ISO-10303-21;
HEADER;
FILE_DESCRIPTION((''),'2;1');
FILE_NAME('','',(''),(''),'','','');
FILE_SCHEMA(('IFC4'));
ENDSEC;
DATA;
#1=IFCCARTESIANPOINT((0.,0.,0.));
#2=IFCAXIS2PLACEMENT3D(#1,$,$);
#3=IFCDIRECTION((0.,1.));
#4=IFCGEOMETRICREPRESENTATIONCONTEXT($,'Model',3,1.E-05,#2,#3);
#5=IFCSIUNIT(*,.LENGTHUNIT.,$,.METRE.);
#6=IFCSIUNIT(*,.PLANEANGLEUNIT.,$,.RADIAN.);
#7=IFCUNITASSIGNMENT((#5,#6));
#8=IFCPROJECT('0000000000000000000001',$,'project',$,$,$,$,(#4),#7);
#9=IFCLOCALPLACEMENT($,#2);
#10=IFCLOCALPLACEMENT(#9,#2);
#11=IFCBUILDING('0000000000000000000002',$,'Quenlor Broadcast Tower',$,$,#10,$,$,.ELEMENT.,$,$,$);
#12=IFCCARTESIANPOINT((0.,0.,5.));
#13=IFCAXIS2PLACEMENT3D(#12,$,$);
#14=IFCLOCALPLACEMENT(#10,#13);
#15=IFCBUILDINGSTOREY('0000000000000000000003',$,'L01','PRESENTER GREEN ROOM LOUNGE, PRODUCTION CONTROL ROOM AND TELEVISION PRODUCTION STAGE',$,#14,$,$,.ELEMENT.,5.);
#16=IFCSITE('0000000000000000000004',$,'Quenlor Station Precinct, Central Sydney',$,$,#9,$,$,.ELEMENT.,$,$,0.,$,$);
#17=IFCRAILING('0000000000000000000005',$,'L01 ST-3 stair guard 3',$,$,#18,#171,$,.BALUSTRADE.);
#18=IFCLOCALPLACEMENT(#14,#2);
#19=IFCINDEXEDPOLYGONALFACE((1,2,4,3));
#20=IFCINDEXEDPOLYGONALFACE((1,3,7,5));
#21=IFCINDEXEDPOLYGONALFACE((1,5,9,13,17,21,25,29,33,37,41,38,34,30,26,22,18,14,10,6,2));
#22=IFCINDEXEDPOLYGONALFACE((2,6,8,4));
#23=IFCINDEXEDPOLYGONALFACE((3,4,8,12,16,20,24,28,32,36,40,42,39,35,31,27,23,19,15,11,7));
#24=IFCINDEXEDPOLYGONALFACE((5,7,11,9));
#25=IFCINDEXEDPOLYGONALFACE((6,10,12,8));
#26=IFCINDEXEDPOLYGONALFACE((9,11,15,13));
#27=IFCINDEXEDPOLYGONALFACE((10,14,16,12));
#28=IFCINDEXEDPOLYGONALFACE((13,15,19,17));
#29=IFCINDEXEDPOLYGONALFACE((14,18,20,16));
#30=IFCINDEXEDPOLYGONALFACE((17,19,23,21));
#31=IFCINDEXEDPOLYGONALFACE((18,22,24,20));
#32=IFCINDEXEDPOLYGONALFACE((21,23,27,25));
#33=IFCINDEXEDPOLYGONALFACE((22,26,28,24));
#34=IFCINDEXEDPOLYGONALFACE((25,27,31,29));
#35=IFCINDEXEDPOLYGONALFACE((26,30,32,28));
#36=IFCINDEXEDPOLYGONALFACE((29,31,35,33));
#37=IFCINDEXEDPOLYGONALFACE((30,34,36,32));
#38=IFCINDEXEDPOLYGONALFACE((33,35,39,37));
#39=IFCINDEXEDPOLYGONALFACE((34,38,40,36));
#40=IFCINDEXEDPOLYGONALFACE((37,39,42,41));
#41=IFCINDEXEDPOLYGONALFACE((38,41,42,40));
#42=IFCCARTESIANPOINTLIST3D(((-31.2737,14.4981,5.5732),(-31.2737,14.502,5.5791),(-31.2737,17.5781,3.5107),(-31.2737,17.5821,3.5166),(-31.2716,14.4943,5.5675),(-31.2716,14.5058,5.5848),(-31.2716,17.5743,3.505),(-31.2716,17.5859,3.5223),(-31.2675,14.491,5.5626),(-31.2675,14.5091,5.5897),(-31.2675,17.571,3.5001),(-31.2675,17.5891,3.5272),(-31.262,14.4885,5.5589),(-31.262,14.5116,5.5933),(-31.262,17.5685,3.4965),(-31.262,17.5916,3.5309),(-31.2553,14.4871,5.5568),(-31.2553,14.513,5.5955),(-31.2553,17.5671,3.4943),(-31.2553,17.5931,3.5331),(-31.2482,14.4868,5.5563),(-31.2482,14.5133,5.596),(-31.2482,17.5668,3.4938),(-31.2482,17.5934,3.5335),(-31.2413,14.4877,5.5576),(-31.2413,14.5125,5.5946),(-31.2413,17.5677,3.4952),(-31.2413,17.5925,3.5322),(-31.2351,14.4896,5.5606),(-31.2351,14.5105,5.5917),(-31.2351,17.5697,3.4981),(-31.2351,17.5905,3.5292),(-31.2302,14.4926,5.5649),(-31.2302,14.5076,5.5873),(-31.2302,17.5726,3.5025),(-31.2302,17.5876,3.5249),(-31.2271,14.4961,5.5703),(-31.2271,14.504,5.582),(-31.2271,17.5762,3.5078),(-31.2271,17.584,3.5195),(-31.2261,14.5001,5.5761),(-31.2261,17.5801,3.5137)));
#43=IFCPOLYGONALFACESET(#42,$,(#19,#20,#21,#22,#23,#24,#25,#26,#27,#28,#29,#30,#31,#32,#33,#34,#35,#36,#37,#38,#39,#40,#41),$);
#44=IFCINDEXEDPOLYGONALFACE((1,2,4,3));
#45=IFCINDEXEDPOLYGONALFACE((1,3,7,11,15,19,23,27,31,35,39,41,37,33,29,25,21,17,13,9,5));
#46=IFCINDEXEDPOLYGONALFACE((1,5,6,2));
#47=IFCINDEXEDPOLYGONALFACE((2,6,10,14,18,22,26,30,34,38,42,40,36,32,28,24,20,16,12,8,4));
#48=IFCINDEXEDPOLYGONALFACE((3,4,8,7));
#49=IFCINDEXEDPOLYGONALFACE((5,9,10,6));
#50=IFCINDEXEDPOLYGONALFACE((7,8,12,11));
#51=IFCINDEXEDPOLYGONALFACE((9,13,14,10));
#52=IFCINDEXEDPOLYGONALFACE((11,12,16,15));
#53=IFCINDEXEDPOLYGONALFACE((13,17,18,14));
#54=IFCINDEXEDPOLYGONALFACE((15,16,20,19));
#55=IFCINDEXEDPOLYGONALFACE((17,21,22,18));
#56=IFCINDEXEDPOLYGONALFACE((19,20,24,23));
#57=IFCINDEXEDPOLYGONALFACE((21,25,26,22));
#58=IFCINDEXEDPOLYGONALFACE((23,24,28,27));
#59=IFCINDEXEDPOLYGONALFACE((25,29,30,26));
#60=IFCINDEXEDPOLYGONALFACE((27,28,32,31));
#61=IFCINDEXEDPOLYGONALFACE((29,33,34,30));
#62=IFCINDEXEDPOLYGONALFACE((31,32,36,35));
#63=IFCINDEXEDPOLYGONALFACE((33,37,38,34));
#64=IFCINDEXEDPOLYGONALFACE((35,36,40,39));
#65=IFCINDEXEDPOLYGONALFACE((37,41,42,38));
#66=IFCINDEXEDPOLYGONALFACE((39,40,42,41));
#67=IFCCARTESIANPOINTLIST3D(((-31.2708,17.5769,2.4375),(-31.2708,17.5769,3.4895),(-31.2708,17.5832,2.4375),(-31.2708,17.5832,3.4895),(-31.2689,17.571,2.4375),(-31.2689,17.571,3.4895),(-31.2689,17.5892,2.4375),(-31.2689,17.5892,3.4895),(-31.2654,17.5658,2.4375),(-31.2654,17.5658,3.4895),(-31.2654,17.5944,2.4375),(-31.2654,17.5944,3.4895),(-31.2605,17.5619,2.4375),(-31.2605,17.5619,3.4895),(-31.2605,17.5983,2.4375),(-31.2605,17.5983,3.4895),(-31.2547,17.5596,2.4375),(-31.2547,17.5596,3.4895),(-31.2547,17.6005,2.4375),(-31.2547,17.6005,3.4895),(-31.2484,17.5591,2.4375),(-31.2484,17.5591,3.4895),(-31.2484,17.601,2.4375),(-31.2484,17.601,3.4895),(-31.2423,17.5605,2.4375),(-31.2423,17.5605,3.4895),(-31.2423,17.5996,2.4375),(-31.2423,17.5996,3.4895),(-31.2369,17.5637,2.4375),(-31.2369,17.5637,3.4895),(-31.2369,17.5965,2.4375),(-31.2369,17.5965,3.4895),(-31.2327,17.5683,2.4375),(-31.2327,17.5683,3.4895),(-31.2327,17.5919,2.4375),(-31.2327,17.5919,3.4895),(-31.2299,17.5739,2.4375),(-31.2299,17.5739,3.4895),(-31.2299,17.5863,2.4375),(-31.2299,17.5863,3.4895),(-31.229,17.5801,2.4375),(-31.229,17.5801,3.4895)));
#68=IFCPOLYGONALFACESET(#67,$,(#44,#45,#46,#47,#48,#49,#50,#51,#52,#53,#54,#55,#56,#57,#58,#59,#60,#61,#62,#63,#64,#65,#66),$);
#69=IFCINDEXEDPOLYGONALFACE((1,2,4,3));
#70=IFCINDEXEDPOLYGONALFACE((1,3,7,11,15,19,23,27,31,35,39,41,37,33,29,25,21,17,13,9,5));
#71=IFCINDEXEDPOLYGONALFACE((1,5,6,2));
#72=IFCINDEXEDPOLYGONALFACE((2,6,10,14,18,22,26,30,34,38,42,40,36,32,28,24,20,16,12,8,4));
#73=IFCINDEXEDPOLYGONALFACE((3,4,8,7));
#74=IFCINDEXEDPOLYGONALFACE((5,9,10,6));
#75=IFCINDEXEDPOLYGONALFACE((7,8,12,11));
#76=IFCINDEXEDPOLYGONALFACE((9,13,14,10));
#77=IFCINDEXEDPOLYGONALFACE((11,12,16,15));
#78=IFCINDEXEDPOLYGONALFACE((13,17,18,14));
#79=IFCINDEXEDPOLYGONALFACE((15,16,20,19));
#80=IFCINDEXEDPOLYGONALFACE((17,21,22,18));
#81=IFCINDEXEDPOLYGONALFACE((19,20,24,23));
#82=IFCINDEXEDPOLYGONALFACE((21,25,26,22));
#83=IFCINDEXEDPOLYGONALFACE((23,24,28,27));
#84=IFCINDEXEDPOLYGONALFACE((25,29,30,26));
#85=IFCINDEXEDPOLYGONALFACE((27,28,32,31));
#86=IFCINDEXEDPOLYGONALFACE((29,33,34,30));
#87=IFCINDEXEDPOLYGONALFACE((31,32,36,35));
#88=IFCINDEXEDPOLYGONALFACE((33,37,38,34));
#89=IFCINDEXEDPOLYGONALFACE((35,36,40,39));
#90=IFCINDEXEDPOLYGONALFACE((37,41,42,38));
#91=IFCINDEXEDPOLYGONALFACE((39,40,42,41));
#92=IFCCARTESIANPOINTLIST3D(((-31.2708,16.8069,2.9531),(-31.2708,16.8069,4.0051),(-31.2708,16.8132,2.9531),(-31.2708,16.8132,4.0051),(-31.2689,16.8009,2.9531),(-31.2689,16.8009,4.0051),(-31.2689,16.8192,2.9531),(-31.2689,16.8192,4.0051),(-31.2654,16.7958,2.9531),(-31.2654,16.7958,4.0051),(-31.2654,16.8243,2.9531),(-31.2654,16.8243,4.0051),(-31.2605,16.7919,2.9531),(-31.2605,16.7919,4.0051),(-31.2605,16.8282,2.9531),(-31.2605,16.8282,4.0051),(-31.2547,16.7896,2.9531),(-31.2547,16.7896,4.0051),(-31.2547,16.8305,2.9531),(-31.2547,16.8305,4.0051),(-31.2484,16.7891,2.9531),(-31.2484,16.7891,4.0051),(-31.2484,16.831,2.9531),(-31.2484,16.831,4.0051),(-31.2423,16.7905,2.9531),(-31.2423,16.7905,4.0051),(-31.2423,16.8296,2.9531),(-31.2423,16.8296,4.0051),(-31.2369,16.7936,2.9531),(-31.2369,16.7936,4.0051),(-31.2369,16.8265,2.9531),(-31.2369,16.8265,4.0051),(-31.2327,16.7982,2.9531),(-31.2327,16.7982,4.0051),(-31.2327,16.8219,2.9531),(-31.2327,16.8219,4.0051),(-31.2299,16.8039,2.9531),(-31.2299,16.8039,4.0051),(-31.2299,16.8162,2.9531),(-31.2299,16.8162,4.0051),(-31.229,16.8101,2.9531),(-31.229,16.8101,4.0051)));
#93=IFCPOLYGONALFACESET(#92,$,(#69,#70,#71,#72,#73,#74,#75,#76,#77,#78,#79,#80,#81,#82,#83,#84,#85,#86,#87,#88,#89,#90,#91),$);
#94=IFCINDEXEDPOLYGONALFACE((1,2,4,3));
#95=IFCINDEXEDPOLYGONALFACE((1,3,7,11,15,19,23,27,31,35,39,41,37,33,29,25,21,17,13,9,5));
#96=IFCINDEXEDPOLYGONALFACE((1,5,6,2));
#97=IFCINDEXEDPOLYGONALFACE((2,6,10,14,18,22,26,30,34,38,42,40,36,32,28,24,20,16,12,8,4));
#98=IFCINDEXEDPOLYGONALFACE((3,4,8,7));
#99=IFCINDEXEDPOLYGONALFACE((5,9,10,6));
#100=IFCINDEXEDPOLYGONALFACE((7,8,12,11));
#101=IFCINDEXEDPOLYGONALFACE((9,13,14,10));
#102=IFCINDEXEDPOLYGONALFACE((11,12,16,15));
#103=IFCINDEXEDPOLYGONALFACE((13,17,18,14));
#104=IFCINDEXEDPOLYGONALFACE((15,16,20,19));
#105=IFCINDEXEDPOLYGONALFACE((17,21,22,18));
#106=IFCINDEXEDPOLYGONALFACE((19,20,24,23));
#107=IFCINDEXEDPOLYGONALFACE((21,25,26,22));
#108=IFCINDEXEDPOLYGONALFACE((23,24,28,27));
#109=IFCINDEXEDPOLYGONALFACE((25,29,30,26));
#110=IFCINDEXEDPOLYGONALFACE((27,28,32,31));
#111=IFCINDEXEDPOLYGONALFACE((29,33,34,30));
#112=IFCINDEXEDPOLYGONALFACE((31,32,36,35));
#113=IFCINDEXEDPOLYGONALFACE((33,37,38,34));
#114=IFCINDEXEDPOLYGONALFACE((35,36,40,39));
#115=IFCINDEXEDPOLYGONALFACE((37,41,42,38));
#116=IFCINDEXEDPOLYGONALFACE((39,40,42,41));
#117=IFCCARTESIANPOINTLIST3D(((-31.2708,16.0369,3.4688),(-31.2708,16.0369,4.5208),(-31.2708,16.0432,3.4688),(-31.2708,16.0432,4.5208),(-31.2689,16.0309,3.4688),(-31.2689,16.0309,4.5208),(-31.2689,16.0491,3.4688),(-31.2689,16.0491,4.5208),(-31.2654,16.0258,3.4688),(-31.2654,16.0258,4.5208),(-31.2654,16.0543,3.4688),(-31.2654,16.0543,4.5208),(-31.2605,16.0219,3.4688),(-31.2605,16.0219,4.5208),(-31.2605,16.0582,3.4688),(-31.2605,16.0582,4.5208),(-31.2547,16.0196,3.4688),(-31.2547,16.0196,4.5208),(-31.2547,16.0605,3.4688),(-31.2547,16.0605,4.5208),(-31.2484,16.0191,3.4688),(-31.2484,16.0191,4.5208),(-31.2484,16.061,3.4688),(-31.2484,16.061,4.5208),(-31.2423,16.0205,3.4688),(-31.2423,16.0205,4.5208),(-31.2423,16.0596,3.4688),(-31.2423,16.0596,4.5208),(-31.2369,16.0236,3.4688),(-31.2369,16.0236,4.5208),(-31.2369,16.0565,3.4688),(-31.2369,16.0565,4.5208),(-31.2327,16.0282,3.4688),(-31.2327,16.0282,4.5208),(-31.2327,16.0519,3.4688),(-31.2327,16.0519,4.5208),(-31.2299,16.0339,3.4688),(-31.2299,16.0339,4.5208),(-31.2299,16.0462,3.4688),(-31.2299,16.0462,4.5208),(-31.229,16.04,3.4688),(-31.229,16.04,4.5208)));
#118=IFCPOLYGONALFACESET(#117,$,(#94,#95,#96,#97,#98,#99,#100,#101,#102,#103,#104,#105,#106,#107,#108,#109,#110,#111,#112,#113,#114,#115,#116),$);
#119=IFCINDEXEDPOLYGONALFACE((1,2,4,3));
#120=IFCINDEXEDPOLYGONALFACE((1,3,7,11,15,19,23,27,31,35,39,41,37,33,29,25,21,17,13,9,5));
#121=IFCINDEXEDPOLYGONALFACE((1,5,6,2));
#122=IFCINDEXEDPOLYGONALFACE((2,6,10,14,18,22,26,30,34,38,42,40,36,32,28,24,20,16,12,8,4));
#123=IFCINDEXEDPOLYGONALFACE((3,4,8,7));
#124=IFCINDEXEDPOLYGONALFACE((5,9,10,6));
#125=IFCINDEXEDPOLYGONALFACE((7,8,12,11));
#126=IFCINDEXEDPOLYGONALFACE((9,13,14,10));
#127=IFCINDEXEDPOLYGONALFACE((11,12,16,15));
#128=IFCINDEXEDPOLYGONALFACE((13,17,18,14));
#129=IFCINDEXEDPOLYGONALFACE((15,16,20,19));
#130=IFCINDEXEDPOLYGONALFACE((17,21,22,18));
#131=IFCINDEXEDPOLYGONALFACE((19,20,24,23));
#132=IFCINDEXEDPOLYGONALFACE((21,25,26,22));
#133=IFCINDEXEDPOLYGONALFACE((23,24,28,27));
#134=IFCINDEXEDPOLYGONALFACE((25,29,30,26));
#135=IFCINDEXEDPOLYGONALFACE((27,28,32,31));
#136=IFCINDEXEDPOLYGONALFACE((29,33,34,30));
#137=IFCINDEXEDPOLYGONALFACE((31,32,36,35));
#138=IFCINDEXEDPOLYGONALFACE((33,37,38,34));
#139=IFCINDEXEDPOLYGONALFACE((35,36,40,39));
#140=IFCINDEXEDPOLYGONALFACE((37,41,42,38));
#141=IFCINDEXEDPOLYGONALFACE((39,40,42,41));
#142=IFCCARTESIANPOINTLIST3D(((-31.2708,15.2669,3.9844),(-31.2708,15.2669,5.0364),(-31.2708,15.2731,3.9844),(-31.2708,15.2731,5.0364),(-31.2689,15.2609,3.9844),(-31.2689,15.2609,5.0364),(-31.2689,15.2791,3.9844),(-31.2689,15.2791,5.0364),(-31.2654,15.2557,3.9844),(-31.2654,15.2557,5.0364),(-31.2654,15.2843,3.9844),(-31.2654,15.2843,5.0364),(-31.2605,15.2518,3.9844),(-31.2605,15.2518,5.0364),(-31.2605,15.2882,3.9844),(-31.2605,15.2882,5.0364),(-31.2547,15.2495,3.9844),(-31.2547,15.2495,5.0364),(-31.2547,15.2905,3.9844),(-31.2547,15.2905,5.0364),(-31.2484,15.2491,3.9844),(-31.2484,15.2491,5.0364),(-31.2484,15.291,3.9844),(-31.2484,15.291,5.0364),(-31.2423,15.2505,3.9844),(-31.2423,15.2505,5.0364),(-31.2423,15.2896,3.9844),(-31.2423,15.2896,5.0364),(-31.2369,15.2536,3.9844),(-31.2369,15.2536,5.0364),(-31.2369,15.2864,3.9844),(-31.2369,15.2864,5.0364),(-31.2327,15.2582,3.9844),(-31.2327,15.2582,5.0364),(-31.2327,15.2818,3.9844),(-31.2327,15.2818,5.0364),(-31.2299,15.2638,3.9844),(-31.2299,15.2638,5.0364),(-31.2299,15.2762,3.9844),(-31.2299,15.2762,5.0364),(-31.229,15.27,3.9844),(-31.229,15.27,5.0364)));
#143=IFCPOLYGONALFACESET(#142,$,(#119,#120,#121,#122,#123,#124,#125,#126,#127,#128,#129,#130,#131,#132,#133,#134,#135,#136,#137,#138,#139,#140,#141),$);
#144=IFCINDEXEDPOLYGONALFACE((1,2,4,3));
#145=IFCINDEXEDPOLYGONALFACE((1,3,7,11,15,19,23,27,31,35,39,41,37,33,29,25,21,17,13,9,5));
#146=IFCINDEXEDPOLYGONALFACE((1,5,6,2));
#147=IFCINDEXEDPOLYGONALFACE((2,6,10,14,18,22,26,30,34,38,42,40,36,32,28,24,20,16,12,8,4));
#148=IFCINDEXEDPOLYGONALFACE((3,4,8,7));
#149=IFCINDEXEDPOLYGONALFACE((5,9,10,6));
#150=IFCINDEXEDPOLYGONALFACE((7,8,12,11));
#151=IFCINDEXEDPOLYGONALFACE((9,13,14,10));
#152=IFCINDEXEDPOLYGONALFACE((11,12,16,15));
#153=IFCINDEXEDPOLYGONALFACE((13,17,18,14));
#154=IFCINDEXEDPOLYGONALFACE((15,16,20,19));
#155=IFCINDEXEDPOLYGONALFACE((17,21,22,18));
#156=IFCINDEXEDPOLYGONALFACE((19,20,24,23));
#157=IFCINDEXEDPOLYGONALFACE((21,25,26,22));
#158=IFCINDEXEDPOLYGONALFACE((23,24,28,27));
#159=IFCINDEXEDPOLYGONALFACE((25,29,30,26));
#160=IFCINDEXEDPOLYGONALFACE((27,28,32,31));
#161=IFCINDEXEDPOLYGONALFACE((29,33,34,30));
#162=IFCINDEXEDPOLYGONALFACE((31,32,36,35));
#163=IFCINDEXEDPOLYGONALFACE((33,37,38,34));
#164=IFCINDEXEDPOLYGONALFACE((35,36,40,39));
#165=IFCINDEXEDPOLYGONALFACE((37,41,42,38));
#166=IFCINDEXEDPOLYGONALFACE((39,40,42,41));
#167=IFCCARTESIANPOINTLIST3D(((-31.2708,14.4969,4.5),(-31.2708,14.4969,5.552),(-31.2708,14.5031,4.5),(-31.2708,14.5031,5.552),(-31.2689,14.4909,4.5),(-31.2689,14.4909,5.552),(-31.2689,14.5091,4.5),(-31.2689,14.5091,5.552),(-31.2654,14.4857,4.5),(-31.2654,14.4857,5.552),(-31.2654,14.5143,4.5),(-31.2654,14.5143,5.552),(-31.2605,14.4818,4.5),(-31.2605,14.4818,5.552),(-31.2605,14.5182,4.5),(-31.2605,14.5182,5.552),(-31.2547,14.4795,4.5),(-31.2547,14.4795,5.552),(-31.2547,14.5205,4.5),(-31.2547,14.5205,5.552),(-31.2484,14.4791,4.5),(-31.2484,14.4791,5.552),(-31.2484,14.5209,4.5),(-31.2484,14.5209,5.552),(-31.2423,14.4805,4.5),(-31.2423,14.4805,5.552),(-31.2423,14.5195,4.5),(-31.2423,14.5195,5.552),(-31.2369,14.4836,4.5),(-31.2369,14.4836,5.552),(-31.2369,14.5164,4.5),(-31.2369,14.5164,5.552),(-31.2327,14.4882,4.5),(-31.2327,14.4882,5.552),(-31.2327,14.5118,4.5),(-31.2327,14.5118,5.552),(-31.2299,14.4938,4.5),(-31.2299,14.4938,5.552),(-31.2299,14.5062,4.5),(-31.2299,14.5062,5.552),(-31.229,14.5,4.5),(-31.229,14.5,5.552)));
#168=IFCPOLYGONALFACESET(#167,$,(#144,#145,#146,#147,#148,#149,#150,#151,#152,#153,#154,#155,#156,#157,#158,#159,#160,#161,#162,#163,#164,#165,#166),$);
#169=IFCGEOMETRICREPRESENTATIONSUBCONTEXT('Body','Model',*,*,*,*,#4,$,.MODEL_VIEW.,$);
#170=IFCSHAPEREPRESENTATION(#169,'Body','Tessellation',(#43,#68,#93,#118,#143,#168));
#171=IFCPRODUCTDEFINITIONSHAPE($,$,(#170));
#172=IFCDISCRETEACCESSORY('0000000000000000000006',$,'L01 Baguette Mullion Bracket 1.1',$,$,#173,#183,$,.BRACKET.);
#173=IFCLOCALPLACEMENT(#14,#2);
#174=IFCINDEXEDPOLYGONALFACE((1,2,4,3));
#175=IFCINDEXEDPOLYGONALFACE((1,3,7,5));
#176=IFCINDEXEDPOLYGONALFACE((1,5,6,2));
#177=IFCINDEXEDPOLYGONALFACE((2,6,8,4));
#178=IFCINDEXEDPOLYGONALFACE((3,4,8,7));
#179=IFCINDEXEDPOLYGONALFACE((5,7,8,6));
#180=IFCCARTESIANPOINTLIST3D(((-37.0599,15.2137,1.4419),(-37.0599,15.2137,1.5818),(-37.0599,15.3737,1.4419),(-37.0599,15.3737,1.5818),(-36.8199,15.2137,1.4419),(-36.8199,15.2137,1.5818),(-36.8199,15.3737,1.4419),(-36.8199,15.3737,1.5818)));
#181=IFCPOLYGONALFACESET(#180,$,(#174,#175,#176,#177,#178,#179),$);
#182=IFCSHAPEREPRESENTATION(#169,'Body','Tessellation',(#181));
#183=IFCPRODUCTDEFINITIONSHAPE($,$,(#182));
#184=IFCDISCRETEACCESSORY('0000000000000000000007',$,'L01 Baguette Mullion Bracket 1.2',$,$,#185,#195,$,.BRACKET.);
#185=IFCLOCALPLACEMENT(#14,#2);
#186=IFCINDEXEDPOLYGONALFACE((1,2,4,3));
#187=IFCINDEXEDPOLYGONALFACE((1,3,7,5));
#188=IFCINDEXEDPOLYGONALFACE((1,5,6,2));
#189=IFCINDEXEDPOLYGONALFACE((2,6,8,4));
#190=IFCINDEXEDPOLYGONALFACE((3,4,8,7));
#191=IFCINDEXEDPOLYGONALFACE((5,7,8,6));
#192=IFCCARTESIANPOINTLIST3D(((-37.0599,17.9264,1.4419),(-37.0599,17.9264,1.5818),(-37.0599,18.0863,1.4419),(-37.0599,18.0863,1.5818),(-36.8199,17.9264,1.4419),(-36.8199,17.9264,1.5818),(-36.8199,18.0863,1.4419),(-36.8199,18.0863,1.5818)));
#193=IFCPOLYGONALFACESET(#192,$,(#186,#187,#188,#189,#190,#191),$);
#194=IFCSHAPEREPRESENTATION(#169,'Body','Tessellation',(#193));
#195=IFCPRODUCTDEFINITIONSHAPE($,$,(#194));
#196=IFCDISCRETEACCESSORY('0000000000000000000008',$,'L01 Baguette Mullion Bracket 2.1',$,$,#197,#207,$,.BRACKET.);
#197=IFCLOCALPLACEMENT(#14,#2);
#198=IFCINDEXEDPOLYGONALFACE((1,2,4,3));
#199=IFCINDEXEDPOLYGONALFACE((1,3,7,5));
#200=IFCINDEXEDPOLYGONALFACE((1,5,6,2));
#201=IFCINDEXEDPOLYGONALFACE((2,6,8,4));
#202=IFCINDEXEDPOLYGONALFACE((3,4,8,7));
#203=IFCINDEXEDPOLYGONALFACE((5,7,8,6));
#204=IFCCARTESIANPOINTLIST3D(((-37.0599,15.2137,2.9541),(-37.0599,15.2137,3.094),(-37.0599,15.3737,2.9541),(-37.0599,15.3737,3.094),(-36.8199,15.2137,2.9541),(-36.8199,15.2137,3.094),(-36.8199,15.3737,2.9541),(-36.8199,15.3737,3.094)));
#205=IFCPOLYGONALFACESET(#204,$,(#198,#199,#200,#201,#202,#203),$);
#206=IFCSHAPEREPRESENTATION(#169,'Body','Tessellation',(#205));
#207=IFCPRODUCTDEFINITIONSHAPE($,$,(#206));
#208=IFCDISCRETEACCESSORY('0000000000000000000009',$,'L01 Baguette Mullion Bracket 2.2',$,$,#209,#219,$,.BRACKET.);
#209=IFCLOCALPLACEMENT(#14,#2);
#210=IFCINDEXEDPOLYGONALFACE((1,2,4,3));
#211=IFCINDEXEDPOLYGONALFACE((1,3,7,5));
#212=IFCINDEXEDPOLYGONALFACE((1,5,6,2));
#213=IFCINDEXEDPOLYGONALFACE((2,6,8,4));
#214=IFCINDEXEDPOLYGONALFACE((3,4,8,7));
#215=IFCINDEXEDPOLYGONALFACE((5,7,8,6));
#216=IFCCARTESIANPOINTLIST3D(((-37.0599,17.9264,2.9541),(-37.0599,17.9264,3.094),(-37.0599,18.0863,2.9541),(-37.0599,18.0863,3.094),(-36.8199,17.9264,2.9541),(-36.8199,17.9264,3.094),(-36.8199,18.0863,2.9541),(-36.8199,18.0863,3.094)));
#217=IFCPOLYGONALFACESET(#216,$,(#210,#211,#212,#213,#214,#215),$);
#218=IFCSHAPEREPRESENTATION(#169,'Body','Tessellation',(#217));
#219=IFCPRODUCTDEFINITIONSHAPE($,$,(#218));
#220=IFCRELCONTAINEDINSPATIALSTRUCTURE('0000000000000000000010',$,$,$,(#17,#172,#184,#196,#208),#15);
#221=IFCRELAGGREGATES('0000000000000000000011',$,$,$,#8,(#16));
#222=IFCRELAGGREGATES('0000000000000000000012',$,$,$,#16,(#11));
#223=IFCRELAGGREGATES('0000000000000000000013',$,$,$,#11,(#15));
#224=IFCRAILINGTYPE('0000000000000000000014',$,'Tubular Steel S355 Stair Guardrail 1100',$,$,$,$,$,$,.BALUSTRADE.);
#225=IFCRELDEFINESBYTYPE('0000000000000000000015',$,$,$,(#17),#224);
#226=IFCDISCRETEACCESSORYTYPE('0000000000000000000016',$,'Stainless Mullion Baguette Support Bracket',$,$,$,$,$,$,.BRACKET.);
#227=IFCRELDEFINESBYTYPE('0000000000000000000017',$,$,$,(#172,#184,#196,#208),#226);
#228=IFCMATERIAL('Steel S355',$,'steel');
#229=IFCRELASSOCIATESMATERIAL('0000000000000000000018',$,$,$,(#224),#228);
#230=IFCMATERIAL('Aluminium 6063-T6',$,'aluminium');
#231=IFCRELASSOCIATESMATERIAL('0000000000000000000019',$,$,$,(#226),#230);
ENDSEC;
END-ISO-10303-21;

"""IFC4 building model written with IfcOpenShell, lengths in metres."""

from ifc_helpers import new_model, si_unit, direction, frame, origin, origin_2d, place, context, subcontext, project, spatial, rectangle, circle, extrude, material, type_object, element, save


model = new_model("IFC4")

# Units and contexts
model_context = context("Model", 3, precision=1e-05, world=origin(), true_north=direction((0.0, 1.0)))
body_context = subcontext(model_context, "Body", "Model", "MODEL_VIEW")
ifc_project = project(units=[si_unit("LENGTHUNIT", "METRE"), si_unit("PLANEANGLEUNIT", "RADIAN")], contexts=[model_context])

# Site, building, storey
site_placement = place(None, origin())
site = spatial("IfcSite", under=ifc_project, at=site_placement, Name="Quenlor Station Precinct, Central Sydney", CompositionType="ELEMENT", RefElevation=0.0)
building_placement = place(site_placement, origin())
building = spatial("IfcBuilding", under=site, at=building_placement, Name="Quenlor Broadcast Tower", CompositionType="ELEMENT")
storey_placement = place(building_placement, frame((0.0, 0.0, 5.0)))
storey = spatial("IfcBuildingStorey", under=building, at=storey_placement, Name="L01", Description="PRESENTER GREEN ROOM LOUNGE, PRODUCTION CONTROL ROOM AND TELEVISION PRODUCTION STAGE", CompositionType="ELEMENT", Elevation=5.0)

# Railing
ifc_material_1 = material(Name="Steel S355", Category="steel")
railing_type_1 = type_object("IfcRailingType", Name="Tubular Steel S355 Stair Guardrail 1100", PredefinedType="BALUSTRADE", material=ifc_material_1)
railing_1_placement = place(storey_placement, frame((-31.25, 17.5801, 2.4375)))
element("IfcRailing", 1, at=railing_1_placement, inside=storey, type_object=railing_type_1, Name="L01 ST-3 stair guard 3", PredefinedType="BALUSTRADE", context=body_context, shape_type="SweptSolid", body=[
    extrude(circle(Radius=0.0239, at=origin_2d()), frame((0.0, 0.0, 1.0762), z_axis=(0.0, -0.830914, 0.556401), x_axis=(1.0, 0.0, 0.0)), (0.0, 0.0, 1.0), 3.7068),
    extrude(circle(Radius=0.021, at=origin_2d()), origin(), (0.0, 0.0, 1.0), 1.052),
    extrude(circle(Radius=0.021, at=origin_2d()), frame((0.0, -0.77, 0.5156)), (0.0, 0.0, 1.0), 1.052),
    extrude(circle(Radius=0.021, at=origin_2d()), frame((0.0, -1.54, 1.0312)), (0.0, 0.0, 1.0), 1.052),
    extrude(circle(Radius=0.021, at=origin_2d()), frame((0.0, -2.3101, 1.5469)), (0.0, 0.0, 1.0), 1.052),
    extrude(circle(Radius=0.021, at=origin_2d()), frame((0.0, -3.0801, 2.0625)), (0.0, 0.0, 1.0), 1.052),
])

# Discrete accessories
ifc_material_2 = material(Name="Aluminium 6063-T6", Category="aluminium")
discrete_accessory_type = type_object("IfcDiscreteAccessoryType", Name="Stainless Mullion Baguette Support Bracket", PredefinedType="BRACKET", material=ifc_material_2)
for number, where, z_axis, x_axis, name in (
    (2, (-36.9399, 15.2937, 1.4419), (0.0, 0.0, 1.0), (0.0, 1.0, 0.0), "L01 Baguette Mullion Bracket 1.1"),
    (3, (-36.9399, 18.0063, 1.4419), (0.0, 0.0, 1.0), (0.0, 1.0, 0.0), "L01 Baguette Mullion Bracket 1.2"),
    (4, (-36.9399, 15.2937, 2.9541), (0.0, 0.0, 1.0), (0.0, 1.0, 0.0), "L01 Baguette Mullion Bracket 2.1"),
    (5, (-36.9399, 18.0063, 2.9541), (0.0, 0.0, 1.0), (0.0, 1.0, 0.0), "L01 Baguette Mullion Bracket 2.2"),
):
    element("IfcDiscreteAccessory", number, at=place(storey_placement, frame(where, z_axis=z_axis, x_axis=x_axis)), inside=storey, type_object=discrete_accessory_type, Name=name, PredefinedType="BRACKET", context=body_context, shape_type="SweptSolid", body=[
        extrude(rectangle(XDim=0.1599, YDim=0.24, at=origin_2d()), origin(), (0.0, 0.0, 1.0), 0.1399),
    ])

save(model, "model.ifc")
